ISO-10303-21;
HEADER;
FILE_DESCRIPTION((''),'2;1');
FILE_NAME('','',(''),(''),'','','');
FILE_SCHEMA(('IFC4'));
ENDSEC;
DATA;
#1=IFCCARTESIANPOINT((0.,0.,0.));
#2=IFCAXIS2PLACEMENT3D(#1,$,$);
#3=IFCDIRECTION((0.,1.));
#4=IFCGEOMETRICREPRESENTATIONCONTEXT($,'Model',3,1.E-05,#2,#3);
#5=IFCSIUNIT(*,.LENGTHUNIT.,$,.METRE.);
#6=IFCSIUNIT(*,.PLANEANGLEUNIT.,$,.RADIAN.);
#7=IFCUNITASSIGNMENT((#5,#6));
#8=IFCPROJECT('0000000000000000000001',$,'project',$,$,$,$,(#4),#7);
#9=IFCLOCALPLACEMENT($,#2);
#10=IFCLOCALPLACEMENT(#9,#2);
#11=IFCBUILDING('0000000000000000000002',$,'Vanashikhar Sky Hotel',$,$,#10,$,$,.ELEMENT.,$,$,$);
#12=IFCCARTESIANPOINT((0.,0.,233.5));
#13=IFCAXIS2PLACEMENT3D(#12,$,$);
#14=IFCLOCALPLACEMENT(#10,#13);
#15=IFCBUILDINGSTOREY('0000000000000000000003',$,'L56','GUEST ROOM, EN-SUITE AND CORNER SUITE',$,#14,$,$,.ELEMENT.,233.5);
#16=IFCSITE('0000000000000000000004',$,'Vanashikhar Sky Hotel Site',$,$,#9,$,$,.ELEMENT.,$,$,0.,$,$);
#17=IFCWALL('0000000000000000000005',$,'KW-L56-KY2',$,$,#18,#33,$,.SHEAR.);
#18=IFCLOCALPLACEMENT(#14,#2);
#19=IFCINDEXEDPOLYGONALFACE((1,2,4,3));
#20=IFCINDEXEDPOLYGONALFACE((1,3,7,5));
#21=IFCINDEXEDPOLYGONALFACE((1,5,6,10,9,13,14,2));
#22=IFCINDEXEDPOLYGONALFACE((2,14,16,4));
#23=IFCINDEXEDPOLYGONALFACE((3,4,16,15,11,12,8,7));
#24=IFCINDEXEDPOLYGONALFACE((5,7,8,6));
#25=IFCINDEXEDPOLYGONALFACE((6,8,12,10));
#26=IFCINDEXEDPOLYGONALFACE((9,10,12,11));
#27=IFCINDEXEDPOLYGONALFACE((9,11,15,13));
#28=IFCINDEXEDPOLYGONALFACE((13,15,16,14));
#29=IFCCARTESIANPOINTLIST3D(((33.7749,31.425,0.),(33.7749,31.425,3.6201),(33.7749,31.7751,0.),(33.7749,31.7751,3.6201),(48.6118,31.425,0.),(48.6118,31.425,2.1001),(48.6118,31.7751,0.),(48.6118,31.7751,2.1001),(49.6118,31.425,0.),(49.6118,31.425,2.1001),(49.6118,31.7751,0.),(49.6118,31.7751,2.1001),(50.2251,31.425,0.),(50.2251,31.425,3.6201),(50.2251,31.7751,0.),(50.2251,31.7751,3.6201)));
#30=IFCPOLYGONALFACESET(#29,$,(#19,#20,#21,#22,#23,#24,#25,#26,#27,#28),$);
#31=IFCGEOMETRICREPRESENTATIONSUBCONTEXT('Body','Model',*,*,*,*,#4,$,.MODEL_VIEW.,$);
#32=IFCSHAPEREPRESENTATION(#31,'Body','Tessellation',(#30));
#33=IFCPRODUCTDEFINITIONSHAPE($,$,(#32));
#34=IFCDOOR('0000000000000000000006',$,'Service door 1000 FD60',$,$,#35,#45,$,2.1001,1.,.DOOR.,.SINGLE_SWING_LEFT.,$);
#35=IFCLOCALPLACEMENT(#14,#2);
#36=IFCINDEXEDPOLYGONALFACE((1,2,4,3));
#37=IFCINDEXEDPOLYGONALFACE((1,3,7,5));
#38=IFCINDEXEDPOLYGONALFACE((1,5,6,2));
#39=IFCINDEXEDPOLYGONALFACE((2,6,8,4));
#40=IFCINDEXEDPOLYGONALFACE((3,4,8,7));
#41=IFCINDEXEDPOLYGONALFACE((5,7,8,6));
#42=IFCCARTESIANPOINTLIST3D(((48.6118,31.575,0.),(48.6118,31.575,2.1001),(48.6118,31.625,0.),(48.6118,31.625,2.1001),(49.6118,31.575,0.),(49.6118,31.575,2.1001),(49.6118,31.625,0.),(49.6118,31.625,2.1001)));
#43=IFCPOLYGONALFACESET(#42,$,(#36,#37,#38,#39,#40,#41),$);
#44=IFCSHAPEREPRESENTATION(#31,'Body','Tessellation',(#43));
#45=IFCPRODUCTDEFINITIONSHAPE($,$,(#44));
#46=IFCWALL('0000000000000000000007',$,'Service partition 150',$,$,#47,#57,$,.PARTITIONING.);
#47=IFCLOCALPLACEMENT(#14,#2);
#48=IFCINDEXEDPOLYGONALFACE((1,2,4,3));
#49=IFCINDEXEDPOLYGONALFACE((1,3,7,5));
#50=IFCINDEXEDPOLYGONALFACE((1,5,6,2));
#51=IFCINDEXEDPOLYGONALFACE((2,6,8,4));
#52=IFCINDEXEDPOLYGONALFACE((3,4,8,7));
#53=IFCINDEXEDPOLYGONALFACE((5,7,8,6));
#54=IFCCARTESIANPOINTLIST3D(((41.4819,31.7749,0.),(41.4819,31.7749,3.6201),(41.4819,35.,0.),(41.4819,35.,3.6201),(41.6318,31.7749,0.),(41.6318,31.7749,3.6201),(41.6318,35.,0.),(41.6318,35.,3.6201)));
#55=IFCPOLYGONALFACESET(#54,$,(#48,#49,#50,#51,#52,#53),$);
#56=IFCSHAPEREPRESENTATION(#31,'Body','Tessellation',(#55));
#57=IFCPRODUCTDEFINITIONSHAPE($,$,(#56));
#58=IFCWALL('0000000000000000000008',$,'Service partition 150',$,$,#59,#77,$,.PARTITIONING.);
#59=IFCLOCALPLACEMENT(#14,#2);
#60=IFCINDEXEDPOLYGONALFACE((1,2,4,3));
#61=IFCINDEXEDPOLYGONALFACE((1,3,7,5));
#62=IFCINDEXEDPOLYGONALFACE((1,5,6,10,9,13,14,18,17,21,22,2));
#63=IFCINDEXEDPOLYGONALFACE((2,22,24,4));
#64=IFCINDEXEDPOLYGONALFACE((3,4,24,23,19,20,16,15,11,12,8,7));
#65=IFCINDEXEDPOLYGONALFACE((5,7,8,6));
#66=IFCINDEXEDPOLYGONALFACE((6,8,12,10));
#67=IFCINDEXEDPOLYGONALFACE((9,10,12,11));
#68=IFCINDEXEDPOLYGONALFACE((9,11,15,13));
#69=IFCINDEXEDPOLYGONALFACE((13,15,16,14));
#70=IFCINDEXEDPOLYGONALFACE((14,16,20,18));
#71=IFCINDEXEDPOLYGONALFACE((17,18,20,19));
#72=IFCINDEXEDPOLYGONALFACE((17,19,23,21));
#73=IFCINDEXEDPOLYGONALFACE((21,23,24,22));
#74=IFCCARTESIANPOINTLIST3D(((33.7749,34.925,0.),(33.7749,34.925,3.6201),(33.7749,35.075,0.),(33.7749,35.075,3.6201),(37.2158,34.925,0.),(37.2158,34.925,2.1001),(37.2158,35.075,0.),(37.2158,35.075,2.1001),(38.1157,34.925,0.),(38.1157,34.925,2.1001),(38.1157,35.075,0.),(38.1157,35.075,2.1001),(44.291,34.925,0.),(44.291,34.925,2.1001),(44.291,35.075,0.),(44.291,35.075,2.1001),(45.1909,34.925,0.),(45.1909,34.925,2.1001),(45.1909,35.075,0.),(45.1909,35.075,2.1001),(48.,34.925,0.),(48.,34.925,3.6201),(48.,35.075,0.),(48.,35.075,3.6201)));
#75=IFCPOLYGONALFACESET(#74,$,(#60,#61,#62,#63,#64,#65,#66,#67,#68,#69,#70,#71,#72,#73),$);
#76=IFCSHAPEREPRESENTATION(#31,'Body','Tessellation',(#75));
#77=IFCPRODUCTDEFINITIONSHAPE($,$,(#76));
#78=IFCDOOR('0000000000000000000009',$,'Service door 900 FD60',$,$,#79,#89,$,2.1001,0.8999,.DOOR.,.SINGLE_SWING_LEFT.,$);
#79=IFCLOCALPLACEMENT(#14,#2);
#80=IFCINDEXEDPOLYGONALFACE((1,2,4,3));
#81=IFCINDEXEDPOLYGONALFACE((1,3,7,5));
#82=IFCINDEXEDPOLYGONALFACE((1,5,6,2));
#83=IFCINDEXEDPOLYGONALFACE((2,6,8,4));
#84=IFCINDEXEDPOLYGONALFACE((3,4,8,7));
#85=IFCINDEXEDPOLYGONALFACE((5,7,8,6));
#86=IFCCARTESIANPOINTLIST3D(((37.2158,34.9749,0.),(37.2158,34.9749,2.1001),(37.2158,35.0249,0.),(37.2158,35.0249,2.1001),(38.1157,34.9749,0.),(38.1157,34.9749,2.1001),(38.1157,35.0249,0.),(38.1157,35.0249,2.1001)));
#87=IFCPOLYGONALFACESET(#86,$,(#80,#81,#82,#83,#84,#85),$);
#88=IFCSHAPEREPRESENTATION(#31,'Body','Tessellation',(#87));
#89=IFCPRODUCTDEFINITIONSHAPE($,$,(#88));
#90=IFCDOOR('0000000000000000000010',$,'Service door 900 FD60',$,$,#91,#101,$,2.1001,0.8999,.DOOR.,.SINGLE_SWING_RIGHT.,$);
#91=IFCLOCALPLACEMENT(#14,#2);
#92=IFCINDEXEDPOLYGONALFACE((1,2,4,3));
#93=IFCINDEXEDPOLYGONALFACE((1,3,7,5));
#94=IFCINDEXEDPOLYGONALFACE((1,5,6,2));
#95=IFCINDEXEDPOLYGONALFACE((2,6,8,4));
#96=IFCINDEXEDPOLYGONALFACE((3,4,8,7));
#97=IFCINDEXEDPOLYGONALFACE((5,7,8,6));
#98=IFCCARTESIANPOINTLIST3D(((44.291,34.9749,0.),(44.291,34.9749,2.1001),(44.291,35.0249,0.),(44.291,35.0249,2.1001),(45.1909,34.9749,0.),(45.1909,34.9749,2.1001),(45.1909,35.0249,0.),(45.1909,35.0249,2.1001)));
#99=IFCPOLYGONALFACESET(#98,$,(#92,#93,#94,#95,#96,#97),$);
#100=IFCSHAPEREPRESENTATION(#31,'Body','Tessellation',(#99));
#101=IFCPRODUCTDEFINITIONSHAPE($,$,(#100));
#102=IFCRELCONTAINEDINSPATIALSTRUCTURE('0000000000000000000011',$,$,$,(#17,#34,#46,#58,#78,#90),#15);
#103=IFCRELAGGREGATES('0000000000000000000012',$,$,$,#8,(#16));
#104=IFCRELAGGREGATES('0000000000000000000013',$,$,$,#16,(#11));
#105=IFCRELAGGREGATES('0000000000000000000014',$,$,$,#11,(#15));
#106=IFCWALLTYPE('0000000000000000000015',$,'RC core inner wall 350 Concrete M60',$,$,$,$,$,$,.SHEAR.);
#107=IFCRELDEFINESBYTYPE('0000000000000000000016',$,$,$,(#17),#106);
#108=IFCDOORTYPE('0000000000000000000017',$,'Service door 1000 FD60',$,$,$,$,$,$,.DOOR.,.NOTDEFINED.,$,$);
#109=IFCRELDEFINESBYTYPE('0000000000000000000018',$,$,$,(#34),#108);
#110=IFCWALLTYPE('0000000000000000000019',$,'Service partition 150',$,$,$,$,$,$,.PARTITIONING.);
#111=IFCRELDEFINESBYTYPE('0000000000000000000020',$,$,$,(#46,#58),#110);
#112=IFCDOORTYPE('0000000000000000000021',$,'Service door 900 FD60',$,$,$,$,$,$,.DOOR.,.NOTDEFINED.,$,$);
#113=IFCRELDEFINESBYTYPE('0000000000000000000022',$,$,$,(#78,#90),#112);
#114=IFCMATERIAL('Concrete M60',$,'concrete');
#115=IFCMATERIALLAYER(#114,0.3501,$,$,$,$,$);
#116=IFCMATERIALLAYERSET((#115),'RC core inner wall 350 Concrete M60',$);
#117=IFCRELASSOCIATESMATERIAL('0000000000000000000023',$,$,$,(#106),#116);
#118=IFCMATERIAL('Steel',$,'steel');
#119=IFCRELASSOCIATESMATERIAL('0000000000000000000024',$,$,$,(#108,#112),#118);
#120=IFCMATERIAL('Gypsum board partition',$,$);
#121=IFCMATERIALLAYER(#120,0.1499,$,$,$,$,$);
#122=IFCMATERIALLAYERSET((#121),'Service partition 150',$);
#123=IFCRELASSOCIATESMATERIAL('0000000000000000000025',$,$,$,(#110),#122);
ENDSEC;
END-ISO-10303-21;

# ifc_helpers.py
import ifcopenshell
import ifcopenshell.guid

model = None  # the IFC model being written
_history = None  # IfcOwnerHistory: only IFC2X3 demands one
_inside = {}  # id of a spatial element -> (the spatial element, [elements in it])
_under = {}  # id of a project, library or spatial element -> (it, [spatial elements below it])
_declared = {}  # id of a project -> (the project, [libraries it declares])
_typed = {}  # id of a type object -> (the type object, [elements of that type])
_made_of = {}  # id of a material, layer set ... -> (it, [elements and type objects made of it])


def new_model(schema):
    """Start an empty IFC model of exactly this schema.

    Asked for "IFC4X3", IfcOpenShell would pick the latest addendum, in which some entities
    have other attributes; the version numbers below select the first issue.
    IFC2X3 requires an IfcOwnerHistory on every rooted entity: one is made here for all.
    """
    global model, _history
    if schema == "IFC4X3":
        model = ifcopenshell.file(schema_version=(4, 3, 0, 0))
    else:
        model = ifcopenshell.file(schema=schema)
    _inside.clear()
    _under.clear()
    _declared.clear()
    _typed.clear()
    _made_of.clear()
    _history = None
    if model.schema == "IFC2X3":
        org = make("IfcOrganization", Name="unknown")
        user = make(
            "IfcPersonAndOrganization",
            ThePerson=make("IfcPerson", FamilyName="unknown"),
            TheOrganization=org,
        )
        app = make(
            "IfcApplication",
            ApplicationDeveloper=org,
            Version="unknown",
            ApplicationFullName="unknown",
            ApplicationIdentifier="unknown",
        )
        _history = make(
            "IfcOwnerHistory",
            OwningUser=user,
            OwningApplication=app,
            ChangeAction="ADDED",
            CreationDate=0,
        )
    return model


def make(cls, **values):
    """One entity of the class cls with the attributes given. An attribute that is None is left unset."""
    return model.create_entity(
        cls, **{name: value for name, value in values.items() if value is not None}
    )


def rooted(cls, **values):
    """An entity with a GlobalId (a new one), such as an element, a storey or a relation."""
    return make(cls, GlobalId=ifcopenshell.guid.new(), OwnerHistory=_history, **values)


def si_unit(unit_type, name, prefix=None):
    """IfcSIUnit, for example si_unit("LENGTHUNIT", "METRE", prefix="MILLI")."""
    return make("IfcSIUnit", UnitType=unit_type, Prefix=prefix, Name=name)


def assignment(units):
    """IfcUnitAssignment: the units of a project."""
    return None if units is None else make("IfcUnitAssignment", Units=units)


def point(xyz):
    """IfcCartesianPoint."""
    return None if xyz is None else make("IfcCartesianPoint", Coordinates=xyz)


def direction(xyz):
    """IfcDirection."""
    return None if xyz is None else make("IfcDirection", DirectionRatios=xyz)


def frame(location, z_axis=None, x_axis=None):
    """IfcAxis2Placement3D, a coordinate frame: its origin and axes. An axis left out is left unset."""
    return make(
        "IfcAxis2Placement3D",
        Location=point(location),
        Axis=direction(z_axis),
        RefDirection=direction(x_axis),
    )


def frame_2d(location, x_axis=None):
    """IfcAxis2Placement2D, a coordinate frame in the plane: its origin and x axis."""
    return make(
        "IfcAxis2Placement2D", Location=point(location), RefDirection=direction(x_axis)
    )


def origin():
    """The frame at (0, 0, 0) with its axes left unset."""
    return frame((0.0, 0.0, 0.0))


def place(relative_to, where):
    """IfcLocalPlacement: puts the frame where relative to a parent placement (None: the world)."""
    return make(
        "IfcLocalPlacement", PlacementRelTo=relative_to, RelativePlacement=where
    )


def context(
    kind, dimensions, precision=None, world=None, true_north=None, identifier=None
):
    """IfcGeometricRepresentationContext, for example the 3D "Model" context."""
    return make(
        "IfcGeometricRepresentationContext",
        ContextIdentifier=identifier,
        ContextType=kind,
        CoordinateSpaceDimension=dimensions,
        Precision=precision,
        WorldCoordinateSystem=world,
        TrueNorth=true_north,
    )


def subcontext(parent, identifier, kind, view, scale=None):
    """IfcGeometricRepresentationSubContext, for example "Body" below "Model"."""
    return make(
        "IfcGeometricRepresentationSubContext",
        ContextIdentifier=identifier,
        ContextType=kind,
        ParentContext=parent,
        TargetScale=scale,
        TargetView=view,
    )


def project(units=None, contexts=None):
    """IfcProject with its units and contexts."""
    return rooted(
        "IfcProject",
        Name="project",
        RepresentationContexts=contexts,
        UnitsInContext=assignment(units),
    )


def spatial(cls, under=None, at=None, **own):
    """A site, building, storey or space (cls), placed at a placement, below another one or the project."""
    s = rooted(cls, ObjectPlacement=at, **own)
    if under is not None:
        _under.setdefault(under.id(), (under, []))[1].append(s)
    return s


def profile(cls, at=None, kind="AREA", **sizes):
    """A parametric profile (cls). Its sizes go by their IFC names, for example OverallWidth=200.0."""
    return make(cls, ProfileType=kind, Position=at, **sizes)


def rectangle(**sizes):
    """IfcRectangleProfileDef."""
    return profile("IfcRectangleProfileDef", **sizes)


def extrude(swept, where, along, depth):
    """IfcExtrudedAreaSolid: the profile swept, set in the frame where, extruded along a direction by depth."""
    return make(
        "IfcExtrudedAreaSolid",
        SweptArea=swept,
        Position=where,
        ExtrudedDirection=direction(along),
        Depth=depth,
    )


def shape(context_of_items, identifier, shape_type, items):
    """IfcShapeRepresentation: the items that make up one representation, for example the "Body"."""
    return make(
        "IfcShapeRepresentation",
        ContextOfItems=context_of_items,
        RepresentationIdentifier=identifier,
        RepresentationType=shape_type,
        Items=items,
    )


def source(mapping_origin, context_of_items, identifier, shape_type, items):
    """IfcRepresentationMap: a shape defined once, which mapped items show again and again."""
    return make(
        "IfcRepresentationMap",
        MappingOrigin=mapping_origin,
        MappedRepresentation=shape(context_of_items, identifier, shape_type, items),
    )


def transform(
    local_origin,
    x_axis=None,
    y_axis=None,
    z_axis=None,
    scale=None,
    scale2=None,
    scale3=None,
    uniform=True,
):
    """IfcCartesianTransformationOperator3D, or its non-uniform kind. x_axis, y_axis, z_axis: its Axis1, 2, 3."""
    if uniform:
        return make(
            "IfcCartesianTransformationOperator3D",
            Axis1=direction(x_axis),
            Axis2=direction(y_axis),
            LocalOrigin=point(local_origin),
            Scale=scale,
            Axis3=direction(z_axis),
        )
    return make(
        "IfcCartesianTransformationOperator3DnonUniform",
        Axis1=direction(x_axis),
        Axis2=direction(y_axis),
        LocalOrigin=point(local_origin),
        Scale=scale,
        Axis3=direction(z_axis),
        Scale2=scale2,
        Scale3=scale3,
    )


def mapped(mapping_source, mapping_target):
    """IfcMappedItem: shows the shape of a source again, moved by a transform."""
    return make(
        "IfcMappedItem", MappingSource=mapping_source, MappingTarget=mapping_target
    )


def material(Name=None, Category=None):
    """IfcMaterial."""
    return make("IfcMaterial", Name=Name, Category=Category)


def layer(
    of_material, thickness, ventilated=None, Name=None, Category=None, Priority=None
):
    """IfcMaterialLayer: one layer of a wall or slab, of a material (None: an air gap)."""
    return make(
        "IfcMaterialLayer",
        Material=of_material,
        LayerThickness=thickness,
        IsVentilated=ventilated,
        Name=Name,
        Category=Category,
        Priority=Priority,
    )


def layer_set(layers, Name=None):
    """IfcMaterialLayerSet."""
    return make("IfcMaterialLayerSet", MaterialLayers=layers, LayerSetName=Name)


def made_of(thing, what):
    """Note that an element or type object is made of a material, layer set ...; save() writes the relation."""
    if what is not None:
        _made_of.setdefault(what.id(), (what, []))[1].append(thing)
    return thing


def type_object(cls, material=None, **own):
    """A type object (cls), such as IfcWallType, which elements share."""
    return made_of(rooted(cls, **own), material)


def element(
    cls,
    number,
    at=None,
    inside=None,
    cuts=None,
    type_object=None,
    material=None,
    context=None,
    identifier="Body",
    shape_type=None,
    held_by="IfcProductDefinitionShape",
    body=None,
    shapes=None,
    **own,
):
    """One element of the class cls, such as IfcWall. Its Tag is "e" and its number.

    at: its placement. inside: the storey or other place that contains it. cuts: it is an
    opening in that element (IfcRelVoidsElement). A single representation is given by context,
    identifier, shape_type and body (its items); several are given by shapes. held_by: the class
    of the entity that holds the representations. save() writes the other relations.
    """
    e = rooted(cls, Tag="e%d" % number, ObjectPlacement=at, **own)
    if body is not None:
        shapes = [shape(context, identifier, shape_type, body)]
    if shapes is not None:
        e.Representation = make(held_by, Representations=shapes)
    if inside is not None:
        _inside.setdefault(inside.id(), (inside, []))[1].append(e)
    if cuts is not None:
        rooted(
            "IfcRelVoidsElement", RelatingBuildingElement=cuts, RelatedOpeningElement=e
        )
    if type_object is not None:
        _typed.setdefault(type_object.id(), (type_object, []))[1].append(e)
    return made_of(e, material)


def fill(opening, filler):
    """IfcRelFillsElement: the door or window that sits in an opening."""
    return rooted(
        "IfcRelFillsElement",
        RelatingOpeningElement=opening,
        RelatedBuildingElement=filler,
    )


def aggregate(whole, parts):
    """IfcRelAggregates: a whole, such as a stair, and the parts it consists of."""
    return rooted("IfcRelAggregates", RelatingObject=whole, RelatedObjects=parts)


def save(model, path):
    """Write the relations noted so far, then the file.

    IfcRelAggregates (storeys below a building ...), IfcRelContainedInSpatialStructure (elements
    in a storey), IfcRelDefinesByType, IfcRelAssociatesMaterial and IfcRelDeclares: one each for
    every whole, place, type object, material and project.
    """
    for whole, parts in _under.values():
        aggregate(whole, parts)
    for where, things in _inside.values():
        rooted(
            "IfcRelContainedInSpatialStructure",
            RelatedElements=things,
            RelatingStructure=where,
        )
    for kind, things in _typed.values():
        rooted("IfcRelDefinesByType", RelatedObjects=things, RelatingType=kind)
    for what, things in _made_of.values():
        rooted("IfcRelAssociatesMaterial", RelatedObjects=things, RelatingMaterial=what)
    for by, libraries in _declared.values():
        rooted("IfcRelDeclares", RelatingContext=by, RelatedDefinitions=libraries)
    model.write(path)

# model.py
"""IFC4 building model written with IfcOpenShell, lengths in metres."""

from ifc_helpers import new_model, si_unit, direction, frame, frame_2d, origin, place, context, subcontext, project, spatial, rectangle, extrude, source, transform, mapped, material, layer, layer_set, type_object, element, fill, save


model = new_model("IFC4")

# Units and contexts
model_context = context("Model", 3, precision=1e-05, world=origin(), true_north=direction((0.0, 1.0)))
body_context = subcontext(model_context, "Body", "Model", "MODEL_VIEW")
ifc_project = project(units=[si_unit("LENGTHUNIT", "METRE"), si_unit("PLANEANGLEUNIT", "RADIAN")], contexts=[model_context])

# Site, building, storey
site_placement = place(None, origin())
site = spatial("IfcSite", under=ifc_project, at=site_placement, Name="Vanashikhar Sky Hotel Site", CompositionType="ELEMENT", RefElevation=0.0)
building_placement = place(site_placement, origin())
building = spatial("IfcBuilding", under=site, at=building_placement, Name="Vanashikhar Sky Hotel", CompositionType="ELEMENT")
storey_placement = place(building_placement, frame((0.0, 0.0, 233.5)))
storey = spatial("IfcBuildingStorey", under=building, at=storey_placement, Name="L56", Description="GUEST ROOM, EN-SUITE AND CORNER SUITE", CompositionType="ELEMENT", Elevation=233.5)

# Wall, opening, door
ifc_material_1 = material(Name="Concrete M60", Category="concrete")
ifc_layer_1 = layer(ifc_material_1, 0.3501)
ifc_layer_set_1 = layer_set([ifc_layer_1], Name="RC core inner wall 350 Concrete M60")
wall_type_1 = type_object("IfcWallType", Name="RC core inner wall 350 Concrete M60", PredefinedType="SHEAR", material=ifc_layer_set_1)
shared_shape_1 = source(origin(), body_context, "Body", "SweptSolid", [
    extrude(rectangle(XDim=16.4502, YDim=0.3501, at=frame_2d((8.2251, 0.0))), origin(), (0.0, 0.0, 1.0), 3.6201),
])
wall_1_placement = place(storey_placement, frame((33.7749, 31.6001, 0.0), z_axis=(0.0, 0.0, 1.0), x_axis=(1.0, 0.0, 0.0)))
wall_1 = element("IfcWall", 1, at=wall_1_placement, inside=storey, type_object=wall_type_1, Name="KW-L56-KY2", PredefinedType="SHEAR", context=body_context, shape_type="MappedRepresentation", body=[
    mapped(shared_shape_1, transform((0.0, 0.0, 0.0), scale=1.0)),
])
shared_shape_2 = source(origin(), body_context, "Body", "SweptSolid", [
    extrude(rectangle(XDim=1.0, YDim=2.1001, at=frame_2d((0.5, 1.05))), frame((0.0, 0.1851, 0.0), z_axis=(0.0, -1.0, 0.0), x_axis=(1.0, 0.0, 0.0)), (0.0, 0.0, 1.0), 0.3701),
])
opening_1_placement = place(wall_1_placement, frame((14.8369, 0.0, 0.0)))
opening_1 = element("IfcOpeningElement", 2, at=opening_1_placement, cuts=wall_1, PredefinedType="OPENING", context=body_context, shape_type="MappedRepresentation", body=[
    mapped(shared_shape_2, transform((0.0, 0.0, 0.0), scale=1.0)),
])
ifc_material_2 = material(Name="Steel", Category="steel")
door_type_1 = type_object("IfcDoorType", Name="Service door 1000 FD60", OperationType="NOTDEFINED", PredefinedType="DOOR", material=ifc_material_2)
shared_shape_3 = source(origin(), body_context, "Body", "SweptSolid", [
    extrude(rectangle(XDim=1.0, YDim=2.1001, at=frame_2d((0.5, 1.05))), frame((0.0, 0.0249, 0.0), z_axis=(0.0, -1.0, 0.0), x_axis=(1.0, 0.0, 0.0)), (0.0, 0.0, 1.0), 0.05),
])
door_1_placement = place(opening_1_placement, origin())
door_1 = element("IfcDoor", 3, at=door_1_placement, inside=storey, type_object=door_type_1, Name="Service door 1000 FD60", OperationType="SINGLE_SWING_LEFT", OverallHeight=2.1001, OverallWidth=1.0, PredefinedType="DOOR", context=body_context, shape_type="MappedRepresentation", body=[
    mapped(shared_shape_3, transform((0.0, 0.0, 0.0), scale=1.0)),
])
fill(opening_1, door_1)

# Wall
ifc_material_3 = material(Name="Gypsum board partition")
ifc_layer_2 = layer(ifc_material_3, 0.1499)
ifc_layer_set_2 = layer_set([ifc_layer_2], Name="Service partition 150")
wall_type_2 = type_object("IfcWallType", Name="Service partition 150", PredefinedType="PARTITIONING", material=ifc_layer_set_2)
shared_shape_4 = source(origin(), body_context, "Body", "SweptSolid", [
    extrude(rectangle(XDim=3.2251, YDim=0.1499, at=frame_2d((1.6125, 0.0))), origin(), (0.0, 0.0, 1.0), 3.6201),
])
wall_2_placement = place(storey_placement, frame((41.5569, 31.7749, 0.0), z_axis=(0.0, 0.0, 1.0), x_axis=(0.0, 1.0, 0.0)))
element("IfcWall", 4, at=wall_2_placement, inside=storey, type_object=wall_type_2, Name="Service partition 150", PredefinedType="PARTITIONING", context=body_context, shape_type="MappedRepresentation", body=[
    mapped(shared_shape_4, transform((0.0, 0.0, 0.0), scale=1.0)),
])

# Wall, openings, doors
shared_shape_5 = source(origin(), body_context, "Body", "SweptSolid", [
    extrude(rectangle(XDim=14.2251, YDim=0.1499, at=frame_2d((7.1125, 0.0))), origin(), (0.0, 0.0, 1.0), 3.6201),
])
wall_3_placement = place(storey_placement, frame((33.7749, 35.0, 0.0), z_axis=(0.0, 0.0, 1.0), x_axis=(1.0, 0.0, 0.0)))
wall_3 = element("IfcWall", 5, at=wall_3_placement, inside=storey, type_object=wall_type_2, Name="Service partition 150", PredefinedType="PARTITIONING", context=body_context, shape_type="MappedRepresentation", body=[
    mapped(shared_shape_5, transform((0.0, 0.0, 0.0), scale=1.0)),
])
shared_shape_6 = source(origin(), body_context, "Body", "SweptSolid", [
    extrude(rectangle(XDim=0.8999, YDim=2.1001, at=frame_2d((0.45, 1.05))), frame((0.0, 0.085, 0.0), z_axis=(0.0, -1.0, 0.0), x_axis=(1.0, 0.0, 0.0)), (0.0, 0.0, 1.0), 0.1699),
])
opening_2_placement = place(wall_3_placement, frame((3.4409, 0.0, 0.0)))
opening_2 = element("IfcOpeningElement", 6, at=opening_2_placement, cuts=wall_3, PredefinedType="OPENING", context=body_context, shape_type="MappedRepresentation", body=[
    mapped(shared_shape_6, transform((0.0, 0.0, 0.0), scale=1.0)),
])
opening_3_placement = place(wall_3_placement, frame((10.5161, 0.0, 0.0)))
opening_3 = element("IfcOpeningElement", 7, at=opening_3_placement, cuts=wall_3, PredefinedType="OPENING", context=body_context, shape_type="MappedRepresentation", body=[
    mapped(shared_shape_6, transform((0.0, 0.0, 0.0), scale=1.0)),
])
door_type_2 = type_object("IfcDoorType", Name="Service door 900 FD60", OperationType="NOTDEFINED", PredefinedType="DOOR", material=ifc_material_2)
shared_shape_7 = source(origin(), body_context, "Body", "SweptSolid", [
    extrude(rectangle(XDim=0.8999, YDim=2.1001, at=frame_2d((0.45, 1.05))), frame((0.0, 0.0249, 0.0), z_axis=(0.0, -1.0, 0.0), x_axis=(1.0, 0.0, 0.0)), (0.0, 0.0, 1.0), 0.05),
])
door_2_placement = place(opening_2_placement, origin())
door_2 = element("IfcDoor", 8, at=door_2_placement, inside=storey, type_object=door_type_2, Name="Service door 900 FD60", OperationType="SINGLE_SWING_LEFT", OverallHeight=2.1001, OverallWidth=0.8999, PredefinedType="DOOR", context=body_context, shape_type="MappedRepresentation", body=[
    mapped(shared_shape_7, transform((0.0, 0.0, 0.0), scale=1.0)),
])
fill(opening_2, door_2)
door_3_placement = place(opening_3_placement, origin())
door_3 = element("IfcDoor", 9, at=door_3_placement, inside=storey, type_object=door_type_2, Name="Service door 900 FD60", OperationType="SINGLE_SWING_RIGHT", OverallHeight=2.1001, OverallWidth=0.8999, PredefinedType="DOOR", context=body_context, shape_type="MappedRepresentation", body=[
    mapped(shared_shape_7, transform((0.0, 0.0, 0.0), scale=1.0)),
])
fill(opening_3, door_3)

save(model, "model.ifc")
